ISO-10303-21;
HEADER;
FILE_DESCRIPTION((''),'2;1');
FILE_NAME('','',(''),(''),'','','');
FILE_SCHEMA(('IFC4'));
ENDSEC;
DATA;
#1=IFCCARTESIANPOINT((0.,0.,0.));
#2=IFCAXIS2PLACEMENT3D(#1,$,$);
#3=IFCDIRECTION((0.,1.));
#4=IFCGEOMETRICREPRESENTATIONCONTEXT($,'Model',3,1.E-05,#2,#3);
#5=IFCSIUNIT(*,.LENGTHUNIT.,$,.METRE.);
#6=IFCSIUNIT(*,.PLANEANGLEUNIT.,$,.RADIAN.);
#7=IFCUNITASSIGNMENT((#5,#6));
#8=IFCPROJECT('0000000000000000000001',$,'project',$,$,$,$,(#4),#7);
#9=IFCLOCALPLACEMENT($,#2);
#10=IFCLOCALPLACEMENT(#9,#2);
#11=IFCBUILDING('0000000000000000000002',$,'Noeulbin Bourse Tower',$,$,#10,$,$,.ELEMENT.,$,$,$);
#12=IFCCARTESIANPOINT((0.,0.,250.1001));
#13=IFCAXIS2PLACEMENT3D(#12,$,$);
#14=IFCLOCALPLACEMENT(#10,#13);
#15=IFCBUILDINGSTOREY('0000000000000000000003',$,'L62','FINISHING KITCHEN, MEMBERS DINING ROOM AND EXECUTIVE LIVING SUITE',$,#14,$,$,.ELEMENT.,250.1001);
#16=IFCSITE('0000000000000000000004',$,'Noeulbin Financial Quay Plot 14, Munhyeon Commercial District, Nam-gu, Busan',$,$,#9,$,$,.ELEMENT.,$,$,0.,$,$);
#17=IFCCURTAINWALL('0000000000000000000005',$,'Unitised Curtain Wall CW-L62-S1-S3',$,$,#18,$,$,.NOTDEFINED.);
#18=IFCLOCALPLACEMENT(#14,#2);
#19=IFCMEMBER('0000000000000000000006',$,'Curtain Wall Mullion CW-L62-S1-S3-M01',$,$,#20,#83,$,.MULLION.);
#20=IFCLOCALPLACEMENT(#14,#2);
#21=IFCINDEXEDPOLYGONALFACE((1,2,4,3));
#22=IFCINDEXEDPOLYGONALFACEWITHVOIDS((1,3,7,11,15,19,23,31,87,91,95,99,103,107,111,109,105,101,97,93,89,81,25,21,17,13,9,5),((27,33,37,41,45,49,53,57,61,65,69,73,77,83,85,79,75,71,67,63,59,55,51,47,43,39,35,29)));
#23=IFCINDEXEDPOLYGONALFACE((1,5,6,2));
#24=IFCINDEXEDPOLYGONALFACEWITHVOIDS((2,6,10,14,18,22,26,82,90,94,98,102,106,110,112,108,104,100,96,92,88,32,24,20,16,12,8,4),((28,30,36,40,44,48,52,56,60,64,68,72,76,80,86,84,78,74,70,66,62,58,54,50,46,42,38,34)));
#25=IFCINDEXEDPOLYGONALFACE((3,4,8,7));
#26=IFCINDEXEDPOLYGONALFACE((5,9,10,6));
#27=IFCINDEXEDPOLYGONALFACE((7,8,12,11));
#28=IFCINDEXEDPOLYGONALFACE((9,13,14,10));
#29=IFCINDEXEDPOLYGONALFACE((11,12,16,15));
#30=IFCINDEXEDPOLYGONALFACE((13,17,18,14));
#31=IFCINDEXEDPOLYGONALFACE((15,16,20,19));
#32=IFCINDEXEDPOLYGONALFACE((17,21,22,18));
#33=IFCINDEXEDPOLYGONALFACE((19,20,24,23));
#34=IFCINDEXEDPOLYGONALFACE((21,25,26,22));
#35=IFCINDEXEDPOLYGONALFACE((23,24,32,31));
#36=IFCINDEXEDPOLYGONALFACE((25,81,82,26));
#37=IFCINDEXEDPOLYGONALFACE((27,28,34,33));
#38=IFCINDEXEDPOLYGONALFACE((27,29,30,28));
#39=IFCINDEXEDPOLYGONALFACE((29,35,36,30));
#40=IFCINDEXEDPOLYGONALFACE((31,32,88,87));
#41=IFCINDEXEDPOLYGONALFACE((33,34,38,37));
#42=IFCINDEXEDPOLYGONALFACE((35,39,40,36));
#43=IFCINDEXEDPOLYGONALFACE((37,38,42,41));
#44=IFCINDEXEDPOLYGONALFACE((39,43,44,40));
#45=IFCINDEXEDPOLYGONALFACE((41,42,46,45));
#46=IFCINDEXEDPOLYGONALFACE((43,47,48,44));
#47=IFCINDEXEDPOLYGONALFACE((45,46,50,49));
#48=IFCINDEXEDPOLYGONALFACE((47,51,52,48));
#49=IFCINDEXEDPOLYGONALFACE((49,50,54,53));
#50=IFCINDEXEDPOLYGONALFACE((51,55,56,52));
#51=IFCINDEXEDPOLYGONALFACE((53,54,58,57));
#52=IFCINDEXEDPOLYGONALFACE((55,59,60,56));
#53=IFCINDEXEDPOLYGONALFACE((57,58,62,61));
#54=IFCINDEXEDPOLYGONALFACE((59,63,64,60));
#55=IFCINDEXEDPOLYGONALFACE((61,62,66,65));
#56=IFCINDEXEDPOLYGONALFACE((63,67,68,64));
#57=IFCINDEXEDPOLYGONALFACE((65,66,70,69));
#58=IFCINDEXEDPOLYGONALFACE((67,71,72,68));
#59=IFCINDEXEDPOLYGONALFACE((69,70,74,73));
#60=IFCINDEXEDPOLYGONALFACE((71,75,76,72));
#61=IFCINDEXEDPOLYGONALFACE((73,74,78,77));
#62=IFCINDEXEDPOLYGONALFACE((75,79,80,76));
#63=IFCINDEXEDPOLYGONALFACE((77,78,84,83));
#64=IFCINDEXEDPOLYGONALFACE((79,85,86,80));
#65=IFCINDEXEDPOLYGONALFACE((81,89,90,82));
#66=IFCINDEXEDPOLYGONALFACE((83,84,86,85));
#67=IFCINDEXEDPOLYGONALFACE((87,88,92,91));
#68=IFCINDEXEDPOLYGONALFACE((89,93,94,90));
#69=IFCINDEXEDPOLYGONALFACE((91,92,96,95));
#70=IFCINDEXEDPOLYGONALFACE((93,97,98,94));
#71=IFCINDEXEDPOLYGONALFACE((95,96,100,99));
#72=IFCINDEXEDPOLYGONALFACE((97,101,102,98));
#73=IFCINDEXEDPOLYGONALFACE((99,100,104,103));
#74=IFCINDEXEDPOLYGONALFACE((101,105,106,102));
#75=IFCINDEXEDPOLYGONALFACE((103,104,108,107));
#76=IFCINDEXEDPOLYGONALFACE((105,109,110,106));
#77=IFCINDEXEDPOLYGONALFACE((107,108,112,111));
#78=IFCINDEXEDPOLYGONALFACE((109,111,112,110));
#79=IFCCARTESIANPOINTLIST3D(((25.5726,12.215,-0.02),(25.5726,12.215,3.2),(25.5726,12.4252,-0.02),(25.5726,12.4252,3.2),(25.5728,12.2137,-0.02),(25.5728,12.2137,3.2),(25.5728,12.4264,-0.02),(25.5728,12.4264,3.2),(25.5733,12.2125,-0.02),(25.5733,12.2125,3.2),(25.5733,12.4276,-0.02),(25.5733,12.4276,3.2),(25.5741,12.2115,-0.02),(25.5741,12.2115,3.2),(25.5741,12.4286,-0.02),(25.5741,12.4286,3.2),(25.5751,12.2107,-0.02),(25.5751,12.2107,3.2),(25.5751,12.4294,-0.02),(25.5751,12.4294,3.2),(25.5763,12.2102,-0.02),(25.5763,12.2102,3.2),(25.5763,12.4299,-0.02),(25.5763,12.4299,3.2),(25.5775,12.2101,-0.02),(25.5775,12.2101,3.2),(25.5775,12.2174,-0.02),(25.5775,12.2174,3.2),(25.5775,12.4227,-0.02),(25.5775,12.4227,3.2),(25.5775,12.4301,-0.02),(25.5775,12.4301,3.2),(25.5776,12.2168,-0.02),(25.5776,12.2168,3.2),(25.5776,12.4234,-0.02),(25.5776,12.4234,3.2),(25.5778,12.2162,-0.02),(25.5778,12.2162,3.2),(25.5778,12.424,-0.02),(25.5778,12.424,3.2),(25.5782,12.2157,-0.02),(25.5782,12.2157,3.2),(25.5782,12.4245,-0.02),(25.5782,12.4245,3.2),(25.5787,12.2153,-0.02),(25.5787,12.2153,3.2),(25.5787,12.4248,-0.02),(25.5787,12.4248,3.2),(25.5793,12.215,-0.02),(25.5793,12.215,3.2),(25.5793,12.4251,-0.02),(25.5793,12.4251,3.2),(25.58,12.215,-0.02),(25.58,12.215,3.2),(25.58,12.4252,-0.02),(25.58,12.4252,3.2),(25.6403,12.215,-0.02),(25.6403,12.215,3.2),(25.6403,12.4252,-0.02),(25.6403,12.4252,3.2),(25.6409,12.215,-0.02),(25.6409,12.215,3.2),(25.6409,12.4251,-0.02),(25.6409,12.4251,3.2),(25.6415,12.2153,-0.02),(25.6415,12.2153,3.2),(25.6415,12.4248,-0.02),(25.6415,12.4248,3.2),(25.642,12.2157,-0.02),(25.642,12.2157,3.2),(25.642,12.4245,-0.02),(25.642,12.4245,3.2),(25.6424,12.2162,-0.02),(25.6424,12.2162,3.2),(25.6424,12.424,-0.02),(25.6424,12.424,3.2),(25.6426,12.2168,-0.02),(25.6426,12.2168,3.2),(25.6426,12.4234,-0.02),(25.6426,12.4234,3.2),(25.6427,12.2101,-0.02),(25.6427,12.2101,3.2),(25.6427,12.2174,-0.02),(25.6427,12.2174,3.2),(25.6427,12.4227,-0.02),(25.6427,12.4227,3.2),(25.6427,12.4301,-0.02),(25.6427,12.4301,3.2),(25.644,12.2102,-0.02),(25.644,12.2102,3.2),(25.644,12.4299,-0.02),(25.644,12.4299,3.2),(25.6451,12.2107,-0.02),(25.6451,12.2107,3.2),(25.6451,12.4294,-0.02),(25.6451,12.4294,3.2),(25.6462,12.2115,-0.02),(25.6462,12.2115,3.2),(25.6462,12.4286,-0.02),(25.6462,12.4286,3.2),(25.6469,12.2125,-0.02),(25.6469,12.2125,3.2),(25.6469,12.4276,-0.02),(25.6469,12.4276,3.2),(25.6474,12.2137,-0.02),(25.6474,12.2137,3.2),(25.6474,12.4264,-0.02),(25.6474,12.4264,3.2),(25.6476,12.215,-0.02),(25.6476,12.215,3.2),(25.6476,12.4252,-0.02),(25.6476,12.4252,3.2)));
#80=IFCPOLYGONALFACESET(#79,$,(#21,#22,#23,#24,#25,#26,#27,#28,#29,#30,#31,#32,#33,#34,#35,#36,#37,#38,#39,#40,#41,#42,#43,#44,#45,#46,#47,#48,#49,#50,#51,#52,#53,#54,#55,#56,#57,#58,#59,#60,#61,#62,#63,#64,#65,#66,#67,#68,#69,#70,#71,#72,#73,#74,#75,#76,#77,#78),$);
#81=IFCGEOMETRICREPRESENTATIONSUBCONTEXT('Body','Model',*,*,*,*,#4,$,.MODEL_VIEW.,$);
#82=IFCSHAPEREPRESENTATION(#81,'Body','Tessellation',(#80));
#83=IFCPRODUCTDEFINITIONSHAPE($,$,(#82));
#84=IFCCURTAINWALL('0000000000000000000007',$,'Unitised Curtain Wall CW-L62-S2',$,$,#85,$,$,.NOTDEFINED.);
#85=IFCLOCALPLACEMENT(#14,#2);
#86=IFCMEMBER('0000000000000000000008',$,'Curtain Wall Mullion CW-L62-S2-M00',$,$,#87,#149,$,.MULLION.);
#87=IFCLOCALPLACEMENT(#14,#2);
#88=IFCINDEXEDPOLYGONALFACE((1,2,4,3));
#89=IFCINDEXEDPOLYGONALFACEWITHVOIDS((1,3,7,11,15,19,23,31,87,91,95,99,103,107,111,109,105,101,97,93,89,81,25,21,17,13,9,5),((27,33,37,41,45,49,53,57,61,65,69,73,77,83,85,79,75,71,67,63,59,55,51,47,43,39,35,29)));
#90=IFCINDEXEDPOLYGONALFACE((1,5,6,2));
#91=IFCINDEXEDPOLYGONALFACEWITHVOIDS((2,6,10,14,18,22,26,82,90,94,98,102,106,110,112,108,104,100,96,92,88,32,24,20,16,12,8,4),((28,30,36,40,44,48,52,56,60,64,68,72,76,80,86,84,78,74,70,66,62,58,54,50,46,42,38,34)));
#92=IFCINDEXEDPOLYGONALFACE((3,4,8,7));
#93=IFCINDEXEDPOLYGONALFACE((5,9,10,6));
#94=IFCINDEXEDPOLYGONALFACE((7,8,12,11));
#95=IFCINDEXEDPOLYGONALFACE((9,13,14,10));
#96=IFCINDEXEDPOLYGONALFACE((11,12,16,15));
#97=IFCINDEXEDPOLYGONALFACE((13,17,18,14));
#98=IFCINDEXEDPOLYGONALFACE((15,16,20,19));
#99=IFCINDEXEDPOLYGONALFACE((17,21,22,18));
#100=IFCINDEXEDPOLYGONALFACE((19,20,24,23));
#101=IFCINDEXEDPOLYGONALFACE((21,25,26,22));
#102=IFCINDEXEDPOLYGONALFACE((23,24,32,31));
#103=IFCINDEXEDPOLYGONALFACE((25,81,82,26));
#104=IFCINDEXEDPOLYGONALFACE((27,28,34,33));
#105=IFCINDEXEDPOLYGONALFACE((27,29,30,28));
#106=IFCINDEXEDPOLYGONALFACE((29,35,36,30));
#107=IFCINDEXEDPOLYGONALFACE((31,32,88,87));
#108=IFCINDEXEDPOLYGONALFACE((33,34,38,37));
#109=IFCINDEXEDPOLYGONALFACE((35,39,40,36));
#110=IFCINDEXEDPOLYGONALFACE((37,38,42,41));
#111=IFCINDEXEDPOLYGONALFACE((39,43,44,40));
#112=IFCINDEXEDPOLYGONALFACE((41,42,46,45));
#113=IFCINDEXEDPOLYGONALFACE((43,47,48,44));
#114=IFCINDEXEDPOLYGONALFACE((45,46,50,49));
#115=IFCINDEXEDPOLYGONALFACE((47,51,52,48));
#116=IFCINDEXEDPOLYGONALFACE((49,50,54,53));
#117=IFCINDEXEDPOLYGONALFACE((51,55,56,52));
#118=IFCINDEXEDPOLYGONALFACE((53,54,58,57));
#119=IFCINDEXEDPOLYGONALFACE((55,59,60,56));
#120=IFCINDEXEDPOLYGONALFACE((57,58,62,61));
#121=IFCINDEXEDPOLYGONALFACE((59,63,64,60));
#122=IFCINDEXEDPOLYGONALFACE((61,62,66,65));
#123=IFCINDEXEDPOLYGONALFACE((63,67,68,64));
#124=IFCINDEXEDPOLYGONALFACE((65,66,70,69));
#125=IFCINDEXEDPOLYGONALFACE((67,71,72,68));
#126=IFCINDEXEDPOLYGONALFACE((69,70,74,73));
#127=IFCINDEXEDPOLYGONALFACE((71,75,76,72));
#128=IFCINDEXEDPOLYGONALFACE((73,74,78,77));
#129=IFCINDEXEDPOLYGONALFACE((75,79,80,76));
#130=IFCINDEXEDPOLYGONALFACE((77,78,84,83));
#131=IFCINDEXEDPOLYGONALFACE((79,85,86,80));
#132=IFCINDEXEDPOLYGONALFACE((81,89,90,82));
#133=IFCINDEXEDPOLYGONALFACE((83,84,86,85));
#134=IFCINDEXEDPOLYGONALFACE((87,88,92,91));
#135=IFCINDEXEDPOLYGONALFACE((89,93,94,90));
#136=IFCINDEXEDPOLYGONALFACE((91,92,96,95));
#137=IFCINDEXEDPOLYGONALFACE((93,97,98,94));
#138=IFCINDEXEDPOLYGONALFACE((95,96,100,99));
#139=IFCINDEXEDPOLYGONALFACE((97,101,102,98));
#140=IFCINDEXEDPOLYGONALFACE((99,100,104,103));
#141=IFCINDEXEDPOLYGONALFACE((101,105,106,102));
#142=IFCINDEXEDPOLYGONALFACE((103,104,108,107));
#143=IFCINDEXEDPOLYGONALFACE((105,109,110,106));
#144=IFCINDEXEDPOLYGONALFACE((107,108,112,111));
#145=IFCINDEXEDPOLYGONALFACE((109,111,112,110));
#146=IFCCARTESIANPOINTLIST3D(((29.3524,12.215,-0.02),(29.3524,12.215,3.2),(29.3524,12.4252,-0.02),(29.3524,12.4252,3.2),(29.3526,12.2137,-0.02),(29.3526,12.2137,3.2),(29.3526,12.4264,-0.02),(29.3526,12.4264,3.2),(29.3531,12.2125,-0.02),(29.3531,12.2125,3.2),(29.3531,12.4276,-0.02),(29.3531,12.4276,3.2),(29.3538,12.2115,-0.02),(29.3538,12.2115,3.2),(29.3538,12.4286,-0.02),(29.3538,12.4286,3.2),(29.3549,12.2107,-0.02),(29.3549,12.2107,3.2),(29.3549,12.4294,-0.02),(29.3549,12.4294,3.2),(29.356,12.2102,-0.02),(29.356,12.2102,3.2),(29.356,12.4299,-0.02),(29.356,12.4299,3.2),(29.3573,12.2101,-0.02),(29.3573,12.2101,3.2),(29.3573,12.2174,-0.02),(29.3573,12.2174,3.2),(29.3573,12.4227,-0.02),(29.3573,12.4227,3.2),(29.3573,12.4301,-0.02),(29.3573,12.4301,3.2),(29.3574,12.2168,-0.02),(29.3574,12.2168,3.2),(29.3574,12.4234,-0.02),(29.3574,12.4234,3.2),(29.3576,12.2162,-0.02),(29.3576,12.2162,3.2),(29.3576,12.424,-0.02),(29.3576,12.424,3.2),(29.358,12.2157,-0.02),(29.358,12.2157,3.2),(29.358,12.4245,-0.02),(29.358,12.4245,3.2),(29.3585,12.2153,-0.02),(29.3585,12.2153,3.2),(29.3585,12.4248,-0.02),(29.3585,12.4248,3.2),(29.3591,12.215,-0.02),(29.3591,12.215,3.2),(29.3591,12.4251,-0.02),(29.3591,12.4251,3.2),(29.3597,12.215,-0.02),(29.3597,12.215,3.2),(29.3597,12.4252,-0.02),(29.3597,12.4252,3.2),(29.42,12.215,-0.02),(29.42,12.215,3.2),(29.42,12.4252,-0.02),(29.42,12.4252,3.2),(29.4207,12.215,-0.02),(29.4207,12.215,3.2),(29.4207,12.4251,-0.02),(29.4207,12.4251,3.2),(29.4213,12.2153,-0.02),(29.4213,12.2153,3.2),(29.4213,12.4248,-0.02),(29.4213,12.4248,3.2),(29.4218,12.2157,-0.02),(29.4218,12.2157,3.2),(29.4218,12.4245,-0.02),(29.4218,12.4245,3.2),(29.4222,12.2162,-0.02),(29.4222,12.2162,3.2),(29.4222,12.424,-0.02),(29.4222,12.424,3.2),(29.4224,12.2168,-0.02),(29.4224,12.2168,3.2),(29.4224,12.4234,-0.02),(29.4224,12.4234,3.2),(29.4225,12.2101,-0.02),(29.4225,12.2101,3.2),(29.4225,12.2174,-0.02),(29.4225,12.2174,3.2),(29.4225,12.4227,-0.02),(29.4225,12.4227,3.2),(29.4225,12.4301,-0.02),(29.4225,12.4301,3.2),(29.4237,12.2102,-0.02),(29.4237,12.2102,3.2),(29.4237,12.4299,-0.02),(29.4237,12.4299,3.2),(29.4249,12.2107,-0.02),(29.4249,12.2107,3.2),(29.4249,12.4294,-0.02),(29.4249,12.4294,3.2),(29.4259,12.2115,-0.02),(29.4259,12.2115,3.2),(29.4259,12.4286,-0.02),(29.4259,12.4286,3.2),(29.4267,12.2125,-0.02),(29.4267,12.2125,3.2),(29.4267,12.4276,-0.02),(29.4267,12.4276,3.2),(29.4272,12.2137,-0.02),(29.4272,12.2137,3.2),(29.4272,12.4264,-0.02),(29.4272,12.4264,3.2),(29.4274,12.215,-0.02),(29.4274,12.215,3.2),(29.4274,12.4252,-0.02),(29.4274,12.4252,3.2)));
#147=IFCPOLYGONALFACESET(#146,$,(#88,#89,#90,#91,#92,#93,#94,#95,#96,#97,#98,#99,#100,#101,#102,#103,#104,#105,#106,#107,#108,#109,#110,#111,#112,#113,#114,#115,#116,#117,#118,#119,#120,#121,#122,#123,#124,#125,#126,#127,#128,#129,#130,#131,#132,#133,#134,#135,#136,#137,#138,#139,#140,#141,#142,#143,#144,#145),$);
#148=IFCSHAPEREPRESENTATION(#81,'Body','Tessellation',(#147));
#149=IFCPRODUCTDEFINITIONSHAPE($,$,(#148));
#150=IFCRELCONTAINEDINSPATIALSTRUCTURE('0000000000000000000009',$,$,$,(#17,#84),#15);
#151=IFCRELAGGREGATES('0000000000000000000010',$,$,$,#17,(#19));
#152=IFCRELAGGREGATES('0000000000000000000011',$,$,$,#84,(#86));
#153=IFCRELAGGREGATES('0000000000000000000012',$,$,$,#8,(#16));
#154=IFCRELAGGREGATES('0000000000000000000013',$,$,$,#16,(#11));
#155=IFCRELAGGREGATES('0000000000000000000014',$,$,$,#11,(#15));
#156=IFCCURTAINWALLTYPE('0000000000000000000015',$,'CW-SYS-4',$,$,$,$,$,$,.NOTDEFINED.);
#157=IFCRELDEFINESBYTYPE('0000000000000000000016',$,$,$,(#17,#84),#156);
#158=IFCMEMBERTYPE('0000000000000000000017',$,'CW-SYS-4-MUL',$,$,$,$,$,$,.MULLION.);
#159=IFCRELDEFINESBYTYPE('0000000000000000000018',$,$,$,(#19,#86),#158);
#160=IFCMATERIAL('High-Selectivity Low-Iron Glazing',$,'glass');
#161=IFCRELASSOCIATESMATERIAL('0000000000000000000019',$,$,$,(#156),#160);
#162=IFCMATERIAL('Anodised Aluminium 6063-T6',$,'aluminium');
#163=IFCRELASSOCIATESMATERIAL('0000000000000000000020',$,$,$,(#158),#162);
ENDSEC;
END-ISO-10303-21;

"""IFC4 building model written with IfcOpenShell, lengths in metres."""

from ifc_helpers import new_model, si_unit, direction, frame, origin, origin_2d, place, context, subcontext, project, spatial, hollow_rectangle, extrude, material, material_profile, profile_set, type_object, element, aggregate, save


model = new_model("IFC4")

# Units and contexts
model_context = context("Model", 3, precision=1e-05, world=origin(), true_north=direction((0.0, 1.0)))
body_context = subcontext(model_context, "Body", "Model", "MODEL_VIEW")
ifc_project = project(units=[si_unit("LENGTHUNIT", "METRE"), si_unit("PLANEANGLEUNIT", "RADIAN")], contexts=[model_context])

# Site, building, storey
site_placement = place(None, origin())
site = spatial("IfcSite", under=ifc_project, at=site_placement, Name="Noeulbin Financial Quay Plot 14, Munhyeon Commercial District, Nam-gu, Busan", CompositionType="ELEMENT", RefElevation=0.0)
building_placement = place(site_placement, origin())
building = spatial("IfcBuilding", under=site, at=building_placement, Name="Noeulbin Bourse Tower", CompositionType="ELEMENT")
storey_placement = place(building_placement, frame((0.0, 0.0, 250.1001)))
storey = spatial("IfcBuildingStorey", under=building, at=storey_placement, Name="L62", Description="FINISHING KITCHEN, MEMBERS DINING ROOM AND EXECUTIVE LIVING SUITE", CompositionType="ELEMENT", Elevation=250.1001)

# Shared definitions
ifc_material_1 = material(Name="High-Selectivity Low-Iron Glazing", Category="glass")
curtain_wall_type = type_object("IfcCurtainWallType", Name="CW-SYS-4", PredefinedType="NOTDEFINED", material=ifc_material_1)
ifc_material_2 = material(Name="Anodised Aluminium 6063-T6", Category="aluminium")
ifc_material_profile_1 = material_profile(ifc_material_2, hollow_rectangle(XDim=0.075, YDim=0.22, WallThickness=0.0049, InnerFilletRadius=0.0024, OuterFilletRadius=0.0049, at=origin_2d()), Name="ALU-MULL-75x220x5", Category="LoadBearing")
ifc_profile_set_1 = profile_set([ifc_material_profile_1], Name="Anodised Aluminium 6063-T6")
member_type_1 = type_object("IfcMemberType", Name="CW-SYS-4-MUL", PredefinedType="MULLION", material=ifc_profile_set_1)

# Curtain wall, member
curtain_wall_1_placement = place(storey_placement, origin())
curtain_wall_1 = element("IfcCurtainWall", 1, at=curtain_wall_1_placement, inside=storey, type_object=curtain_wall_type, Name="Unitised Curtain Wall CW-L62-S1-S3", PredefinedType="NOTDEFINED")
member_1_placement = place(storey_placement, frame((25.6101, 12.3201, -0.02), z_axis=(0.0, 0.0, 1.0), x_axis=(1.0, 0.0, 0.0)))
member_1 = element("IfcMember", 2, at=member_1_placement, type_object=member_type_1, Name="Curtain Wall Mullion CW-L62-S1-S3-M01", PredefinedType="MULLION", context=body_context, shape_type="SweptSolid", body=[
    extrude(hollow_rectangle(XDim=0.075, YDim=0.22, WallThickness=0.0049, InnerFilletRadius=0.0024, OuterFilletRadius=0.0049, at=origin_2d()), origin(), (0.0, 0.0, 1.0), 3.22),
])

# Curtain wall, member
curtain_wall_2_placement = place(storey_placement, origin())
curtain_wall_2 = element("IfcCurtainWall", 3, at=curtain_wall_2_placement, inside=storey, type_object=curtain_wall_type, Name="Unitised Curtain Wall CW-L62-S2", PredefinedType="NOTDEFINED")
member_2_placement = place(storey_placement, frame((29.3899, 12.3201, -0.02), z_axis=(0.0, 0.0, 1.0), x_axis=(1.0, 0.0, 0.0)))
member_2 = element("IfcMember", 4, at=member_2_placement, type_object=member_type_1, Name="Curtain Wall Mullion CW-L62-S2-M00", PredefinedType="MULLION", context=body_context, shape_type="SweptSolid", body=[
    extrude(hollow_rectangle(XDim=0.075, YDim=0.22, WallThickness=0.0049, InnerFilletRadius=0.0024, OuterFilletRadius=0.0049, at=origin_2d()), origin(), (0.0, 0.0, 1.0), 3.22),
])

aggregate(curtain_wall_1, [member_1])
aggregate(curtain_wall_2, [member_2])

save(model, "model.ifc")
